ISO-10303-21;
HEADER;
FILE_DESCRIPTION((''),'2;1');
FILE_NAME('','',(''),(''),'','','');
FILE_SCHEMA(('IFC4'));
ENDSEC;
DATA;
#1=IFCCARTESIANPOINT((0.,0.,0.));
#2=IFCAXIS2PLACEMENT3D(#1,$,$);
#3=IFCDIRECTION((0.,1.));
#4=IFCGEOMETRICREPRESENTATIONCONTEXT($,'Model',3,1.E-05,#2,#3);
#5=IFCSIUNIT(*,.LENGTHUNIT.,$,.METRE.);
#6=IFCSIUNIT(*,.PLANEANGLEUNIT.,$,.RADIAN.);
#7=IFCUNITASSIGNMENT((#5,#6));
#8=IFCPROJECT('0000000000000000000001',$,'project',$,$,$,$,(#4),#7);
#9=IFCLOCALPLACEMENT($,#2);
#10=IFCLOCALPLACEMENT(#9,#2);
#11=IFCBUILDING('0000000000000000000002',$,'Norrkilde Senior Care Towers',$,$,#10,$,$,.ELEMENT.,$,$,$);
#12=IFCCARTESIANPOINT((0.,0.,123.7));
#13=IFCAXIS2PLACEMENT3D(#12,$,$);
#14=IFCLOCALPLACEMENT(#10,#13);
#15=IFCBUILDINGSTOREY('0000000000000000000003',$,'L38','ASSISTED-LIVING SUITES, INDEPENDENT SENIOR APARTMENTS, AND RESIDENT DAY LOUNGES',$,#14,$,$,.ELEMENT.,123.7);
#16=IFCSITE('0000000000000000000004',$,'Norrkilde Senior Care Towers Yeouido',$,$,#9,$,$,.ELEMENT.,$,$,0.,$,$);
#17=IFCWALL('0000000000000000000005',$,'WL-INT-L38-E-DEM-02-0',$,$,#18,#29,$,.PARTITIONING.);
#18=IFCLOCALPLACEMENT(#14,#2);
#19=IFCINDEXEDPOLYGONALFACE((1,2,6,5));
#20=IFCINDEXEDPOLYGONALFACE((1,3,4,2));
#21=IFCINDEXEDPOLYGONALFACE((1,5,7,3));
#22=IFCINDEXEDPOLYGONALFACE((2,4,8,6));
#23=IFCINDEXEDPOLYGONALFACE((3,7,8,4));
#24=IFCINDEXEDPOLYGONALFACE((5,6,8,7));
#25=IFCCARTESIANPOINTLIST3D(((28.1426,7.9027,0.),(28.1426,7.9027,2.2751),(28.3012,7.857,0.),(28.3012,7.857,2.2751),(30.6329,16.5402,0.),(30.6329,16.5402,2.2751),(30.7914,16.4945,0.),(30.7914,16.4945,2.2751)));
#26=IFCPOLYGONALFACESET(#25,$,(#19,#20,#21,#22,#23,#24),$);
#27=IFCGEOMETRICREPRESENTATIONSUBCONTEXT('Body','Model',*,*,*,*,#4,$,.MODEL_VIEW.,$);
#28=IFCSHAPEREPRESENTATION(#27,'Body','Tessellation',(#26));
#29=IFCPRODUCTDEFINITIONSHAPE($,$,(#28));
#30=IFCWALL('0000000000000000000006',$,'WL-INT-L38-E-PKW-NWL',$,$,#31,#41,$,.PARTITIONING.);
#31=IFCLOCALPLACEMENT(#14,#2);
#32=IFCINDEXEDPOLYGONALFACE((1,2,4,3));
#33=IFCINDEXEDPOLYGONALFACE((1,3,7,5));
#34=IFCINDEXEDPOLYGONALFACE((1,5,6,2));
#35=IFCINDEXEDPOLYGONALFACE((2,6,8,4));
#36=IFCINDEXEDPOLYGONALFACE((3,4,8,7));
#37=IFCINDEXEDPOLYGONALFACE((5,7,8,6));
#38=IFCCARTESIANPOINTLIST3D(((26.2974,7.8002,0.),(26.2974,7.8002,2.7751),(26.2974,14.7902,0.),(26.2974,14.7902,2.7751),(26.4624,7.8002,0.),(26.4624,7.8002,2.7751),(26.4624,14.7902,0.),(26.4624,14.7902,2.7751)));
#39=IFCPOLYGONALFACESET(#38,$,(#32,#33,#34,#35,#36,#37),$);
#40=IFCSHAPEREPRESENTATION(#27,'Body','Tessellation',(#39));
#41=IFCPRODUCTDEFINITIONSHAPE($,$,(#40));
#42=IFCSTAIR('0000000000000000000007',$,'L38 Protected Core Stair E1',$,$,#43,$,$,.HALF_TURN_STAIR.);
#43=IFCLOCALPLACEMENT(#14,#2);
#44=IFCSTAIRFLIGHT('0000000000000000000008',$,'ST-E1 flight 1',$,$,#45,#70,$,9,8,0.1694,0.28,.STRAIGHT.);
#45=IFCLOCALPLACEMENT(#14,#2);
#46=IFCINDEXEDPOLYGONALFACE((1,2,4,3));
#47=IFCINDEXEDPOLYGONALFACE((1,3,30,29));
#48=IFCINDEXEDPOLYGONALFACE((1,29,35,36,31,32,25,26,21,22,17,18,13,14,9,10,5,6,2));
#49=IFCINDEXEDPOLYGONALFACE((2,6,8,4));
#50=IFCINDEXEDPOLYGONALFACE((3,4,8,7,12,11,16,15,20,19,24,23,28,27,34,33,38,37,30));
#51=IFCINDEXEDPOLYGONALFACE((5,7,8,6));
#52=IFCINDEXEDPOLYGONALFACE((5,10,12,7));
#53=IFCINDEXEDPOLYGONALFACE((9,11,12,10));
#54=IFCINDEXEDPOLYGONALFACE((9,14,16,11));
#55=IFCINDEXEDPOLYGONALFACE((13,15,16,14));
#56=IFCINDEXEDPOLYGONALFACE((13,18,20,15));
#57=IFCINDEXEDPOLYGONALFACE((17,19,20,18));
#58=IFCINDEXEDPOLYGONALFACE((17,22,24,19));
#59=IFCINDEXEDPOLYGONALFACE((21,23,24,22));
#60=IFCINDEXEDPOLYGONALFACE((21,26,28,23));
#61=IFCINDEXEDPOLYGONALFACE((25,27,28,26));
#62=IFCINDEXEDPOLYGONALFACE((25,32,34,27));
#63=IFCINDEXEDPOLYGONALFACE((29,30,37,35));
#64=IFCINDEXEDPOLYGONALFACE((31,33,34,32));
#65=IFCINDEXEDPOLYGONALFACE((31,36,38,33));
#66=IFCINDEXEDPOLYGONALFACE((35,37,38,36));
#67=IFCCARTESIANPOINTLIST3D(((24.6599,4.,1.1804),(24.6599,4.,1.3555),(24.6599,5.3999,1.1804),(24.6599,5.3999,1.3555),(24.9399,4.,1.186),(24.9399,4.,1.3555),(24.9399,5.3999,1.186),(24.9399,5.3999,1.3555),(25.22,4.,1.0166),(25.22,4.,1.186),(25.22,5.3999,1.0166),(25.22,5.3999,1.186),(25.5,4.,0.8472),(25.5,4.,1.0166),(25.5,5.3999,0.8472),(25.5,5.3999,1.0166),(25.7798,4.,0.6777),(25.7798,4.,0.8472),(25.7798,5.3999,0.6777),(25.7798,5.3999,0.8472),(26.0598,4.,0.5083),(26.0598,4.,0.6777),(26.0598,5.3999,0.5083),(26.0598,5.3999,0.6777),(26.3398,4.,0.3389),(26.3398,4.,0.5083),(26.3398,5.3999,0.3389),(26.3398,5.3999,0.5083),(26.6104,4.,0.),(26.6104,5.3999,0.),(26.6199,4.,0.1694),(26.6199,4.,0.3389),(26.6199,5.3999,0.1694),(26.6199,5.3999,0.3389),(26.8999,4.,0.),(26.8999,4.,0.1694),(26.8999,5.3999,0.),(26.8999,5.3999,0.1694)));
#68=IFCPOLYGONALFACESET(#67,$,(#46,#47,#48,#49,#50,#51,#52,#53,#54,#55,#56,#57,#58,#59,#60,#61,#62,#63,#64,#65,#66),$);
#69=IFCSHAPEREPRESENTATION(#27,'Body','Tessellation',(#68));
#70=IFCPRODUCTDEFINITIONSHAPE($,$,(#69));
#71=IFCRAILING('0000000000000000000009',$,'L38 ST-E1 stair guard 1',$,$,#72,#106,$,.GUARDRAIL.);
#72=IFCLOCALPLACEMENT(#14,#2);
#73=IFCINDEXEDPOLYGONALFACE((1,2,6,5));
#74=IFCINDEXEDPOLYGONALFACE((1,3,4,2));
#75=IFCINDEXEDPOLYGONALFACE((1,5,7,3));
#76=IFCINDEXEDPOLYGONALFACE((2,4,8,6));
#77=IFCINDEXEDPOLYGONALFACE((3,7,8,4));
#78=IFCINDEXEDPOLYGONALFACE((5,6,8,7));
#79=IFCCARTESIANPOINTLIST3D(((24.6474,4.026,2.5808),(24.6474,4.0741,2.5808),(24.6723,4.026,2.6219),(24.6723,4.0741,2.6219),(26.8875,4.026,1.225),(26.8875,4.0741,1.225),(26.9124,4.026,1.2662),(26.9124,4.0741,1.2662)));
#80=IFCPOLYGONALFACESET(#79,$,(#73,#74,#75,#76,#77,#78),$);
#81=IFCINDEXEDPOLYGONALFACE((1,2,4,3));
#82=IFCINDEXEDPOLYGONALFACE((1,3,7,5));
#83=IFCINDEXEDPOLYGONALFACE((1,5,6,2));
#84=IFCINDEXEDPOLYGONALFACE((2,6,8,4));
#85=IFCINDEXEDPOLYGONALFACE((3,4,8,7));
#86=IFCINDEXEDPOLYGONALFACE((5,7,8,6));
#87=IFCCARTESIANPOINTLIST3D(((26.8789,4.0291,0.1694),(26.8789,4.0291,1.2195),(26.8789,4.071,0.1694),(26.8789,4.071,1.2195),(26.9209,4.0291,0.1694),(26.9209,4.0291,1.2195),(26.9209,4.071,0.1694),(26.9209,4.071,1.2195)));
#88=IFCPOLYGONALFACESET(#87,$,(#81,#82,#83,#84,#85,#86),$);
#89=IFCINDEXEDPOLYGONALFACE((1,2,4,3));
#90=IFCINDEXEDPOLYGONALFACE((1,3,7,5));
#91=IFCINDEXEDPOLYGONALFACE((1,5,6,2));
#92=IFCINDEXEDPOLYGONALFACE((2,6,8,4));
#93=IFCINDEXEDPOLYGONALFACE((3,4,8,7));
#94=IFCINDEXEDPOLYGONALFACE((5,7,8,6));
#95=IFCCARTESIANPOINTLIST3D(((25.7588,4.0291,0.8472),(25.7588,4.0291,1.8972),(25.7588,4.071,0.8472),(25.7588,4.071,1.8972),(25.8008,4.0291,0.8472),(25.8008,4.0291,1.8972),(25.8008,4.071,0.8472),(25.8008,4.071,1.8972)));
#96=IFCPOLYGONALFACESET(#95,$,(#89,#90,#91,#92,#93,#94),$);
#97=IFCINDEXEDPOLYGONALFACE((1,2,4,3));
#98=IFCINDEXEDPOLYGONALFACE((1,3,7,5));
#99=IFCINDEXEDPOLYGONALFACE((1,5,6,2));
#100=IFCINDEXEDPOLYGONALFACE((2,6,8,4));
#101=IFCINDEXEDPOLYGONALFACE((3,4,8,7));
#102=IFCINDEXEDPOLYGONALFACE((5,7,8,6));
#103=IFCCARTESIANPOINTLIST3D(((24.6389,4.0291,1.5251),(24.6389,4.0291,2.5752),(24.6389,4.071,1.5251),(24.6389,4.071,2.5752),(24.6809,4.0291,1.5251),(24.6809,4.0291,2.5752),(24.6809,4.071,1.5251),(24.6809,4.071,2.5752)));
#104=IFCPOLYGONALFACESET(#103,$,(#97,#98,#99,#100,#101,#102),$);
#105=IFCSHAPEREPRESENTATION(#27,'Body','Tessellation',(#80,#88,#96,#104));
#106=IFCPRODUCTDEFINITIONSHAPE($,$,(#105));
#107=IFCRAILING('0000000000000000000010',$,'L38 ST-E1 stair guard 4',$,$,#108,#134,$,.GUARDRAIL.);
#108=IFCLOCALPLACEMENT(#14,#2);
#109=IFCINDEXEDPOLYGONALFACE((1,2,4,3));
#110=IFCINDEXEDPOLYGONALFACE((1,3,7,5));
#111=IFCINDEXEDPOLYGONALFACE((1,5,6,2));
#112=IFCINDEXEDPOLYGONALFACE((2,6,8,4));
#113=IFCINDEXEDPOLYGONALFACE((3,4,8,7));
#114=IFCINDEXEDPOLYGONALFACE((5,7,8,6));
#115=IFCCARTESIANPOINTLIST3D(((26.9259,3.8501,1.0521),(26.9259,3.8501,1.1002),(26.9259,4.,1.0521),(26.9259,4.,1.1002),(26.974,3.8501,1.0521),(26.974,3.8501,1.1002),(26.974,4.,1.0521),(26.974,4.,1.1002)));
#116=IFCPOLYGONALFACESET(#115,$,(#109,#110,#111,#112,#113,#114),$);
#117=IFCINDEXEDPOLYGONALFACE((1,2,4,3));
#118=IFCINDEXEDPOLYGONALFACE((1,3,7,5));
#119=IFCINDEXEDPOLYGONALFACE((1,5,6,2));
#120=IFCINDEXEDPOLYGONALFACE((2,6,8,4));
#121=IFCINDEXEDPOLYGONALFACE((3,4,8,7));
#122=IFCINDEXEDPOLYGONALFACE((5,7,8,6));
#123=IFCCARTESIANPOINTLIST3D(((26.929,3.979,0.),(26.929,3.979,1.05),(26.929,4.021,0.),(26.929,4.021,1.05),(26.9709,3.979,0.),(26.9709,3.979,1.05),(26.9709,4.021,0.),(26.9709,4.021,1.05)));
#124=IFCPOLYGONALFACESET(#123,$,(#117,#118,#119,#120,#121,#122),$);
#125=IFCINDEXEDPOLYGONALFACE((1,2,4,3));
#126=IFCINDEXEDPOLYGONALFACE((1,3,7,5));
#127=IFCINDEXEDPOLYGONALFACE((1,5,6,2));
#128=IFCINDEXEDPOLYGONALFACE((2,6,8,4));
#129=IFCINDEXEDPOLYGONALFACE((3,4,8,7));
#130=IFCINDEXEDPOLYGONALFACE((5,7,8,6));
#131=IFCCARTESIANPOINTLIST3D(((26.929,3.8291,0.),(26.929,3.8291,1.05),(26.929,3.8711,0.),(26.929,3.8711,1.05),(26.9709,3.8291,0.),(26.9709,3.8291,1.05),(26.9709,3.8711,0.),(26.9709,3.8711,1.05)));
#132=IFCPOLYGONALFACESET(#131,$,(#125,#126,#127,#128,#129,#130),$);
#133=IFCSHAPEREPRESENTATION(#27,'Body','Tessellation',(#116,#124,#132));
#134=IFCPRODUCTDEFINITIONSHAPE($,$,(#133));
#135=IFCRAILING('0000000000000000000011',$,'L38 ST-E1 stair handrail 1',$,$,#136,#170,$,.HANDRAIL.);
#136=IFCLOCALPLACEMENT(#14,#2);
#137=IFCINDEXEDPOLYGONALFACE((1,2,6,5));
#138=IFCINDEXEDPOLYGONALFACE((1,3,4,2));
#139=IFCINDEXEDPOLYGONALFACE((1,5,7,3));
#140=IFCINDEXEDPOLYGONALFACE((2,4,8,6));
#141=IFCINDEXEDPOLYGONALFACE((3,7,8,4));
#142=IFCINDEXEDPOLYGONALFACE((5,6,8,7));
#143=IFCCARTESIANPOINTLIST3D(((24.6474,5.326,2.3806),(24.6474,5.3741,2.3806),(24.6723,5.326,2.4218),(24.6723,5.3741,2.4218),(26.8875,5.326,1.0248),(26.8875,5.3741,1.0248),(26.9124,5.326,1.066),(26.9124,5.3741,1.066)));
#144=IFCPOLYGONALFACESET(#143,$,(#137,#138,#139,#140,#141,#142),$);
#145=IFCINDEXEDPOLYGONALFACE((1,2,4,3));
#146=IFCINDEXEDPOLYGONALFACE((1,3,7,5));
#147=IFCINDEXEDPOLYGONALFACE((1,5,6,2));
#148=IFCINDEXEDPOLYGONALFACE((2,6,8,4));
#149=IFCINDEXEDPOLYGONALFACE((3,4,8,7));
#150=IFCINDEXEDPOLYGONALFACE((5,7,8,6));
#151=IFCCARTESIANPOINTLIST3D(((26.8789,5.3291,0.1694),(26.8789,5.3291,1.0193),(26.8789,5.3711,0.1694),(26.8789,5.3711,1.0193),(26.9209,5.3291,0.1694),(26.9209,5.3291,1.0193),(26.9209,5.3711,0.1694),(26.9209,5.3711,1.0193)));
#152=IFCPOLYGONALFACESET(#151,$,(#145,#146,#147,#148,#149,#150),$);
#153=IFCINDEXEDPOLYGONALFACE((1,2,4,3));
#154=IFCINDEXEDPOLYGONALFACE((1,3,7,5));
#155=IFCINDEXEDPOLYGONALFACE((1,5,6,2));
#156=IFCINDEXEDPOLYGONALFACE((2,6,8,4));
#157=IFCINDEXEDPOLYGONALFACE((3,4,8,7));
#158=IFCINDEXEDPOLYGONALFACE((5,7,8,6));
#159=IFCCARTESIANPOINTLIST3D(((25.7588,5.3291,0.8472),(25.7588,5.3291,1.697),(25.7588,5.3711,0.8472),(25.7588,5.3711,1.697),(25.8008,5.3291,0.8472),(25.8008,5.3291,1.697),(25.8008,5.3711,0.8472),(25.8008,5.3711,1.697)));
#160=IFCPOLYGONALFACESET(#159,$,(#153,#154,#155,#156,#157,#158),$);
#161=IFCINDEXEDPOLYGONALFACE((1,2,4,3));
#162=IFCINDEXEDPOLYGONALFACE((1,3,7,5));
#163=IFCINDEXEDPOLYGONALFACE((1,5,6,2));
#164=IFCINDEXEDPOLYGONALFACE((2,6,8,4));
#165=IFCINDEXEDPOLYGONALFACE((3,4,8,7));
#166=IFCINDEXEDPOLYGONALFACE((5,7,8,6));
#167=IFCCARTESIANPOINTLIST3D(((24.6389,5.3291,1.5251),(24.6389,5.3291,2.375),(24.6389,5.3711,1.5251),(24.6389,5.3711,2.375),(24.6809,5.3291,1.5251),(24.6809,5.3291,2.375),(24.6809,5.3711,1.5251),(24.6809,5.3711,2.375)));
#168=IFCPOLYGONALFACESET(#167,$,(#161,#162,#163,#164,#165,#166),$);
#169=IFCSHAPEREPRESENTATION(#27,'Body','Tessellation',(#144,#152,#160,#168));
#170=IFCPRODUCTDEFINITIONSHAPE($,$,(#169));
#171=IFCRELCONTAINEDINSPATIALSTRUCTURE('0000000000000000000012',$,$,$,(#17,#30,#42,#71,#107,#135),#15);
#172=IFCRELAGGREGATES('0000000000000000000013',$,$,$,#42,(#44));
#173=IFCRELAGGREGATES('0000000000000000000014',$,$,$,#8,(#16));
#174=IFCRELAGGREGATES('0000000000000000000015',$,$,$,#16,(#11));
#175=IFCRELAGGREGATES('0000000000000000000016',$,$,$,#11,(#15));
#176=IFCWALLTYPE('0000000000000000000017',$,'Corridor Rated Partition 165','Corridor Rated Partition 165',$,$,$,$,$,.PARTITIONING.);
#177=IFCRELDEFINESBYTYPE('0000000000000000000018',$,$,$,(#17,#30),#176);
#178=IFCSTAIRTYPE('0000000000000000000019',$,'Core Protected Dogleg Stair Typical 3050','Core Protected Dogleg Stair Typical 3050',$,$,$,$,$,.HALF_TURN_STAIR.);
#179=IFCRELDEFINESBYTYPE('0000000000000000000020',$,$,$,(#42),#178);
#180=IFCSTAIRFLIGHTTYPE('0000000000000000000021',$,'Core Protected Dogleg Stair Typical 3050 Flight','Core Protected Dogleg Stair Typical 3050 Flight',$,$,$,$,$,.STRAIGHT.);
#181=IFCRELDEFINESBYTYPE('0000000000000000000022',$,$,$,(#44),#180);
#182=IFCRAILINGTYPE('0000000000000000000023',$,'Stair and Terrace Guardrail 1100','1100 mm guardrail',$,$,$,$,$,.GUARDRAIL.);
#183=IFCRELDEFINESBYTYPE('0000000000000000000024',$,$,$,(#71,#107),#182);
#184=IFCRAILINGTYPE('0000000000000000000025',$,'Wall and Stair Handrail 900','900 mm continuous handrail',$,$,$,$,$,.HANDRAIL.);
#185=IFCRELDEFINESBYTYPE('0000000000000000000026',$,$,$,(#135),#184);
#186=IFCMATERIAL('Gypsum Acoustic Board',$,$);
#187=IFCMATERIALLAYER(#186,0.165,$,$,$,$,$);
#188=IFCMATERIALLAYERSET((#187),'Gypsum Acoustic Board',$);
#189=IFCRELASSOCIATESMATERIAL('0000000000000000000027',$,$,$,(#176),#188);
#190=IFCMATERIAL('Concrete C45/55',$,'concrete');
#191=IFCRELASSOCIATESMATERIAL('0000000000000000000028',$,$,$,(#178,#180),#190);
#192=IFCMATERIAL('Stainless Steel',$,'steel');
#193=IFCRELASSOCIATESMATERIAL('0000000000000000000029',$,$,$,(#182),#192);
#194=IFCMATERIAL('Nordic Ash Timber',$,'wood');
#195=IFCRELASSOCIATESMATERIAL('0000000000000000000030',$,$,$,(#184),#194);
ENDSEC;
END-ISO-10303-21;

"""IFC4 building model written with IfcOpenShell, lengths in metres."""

from ifc_helpers import new_model, si_unit, direction, frame, frame_2d, origin, origin_2d, place, context, subcontext, project, spatial, polyline, rectangle, outline, extrude, source, transform, mapped, material, layer, layer_set, type_object, element, aggregate, save


model = new_model("IFC4")

# Units and contexts
model_context = context("Model", 3, precision=1e-05, world=origin(), true_north=direction((0.0, 1.0)))
body_context = subcontext(model_context, "Body", "Model", "MODEL_VIEW")
ifc_project = project(units=[si_unit("LENGTHUNIT", "METRE"), si_unit("PLANEANGLEUNIT", "RADIAN")], contexts=[model_context])

# Site, building, storey
site_placement = place(None, origin())
site = spatial("IfcSite", under=ifc_project, at=site_placement, Name="Norrkilde Senior Care Towers Yeouido", CompositionType="ELEMENT", RefElevation=0.0)
building_placement = place(site_placement, origin())
building = spatial("IfcBuilding", under=site, at=building_placement, Name="Norrkilde Senior Care Towers", CompositionType="ELEMENT")
storey_placement = place(building_placement, frame((0.0, 0.0, 123.7)))
storey = spatial("IfcBuildingStorey", under=building, at=storey_placement, Name="L38", Description="ASSISTED-LIVING SUITES, INDEPENDENT SENIOR APARTMENTS, AND RESIDENT DAY LOUNGES", CompositionType="ELEMENT", Elevation=123.7)

# Shared definitions
ifc_material_1 = material(Name="Concrete C45/55", Category="concrete")
ifc_material_2 = material(Name="Stainless Steel", Category="steel")

# Shared definitions
ifc_material_3 = material(Name="Gypsum Acoustic Board")

# Shared definitions
ifc_layer_1 = layer(ifc_material_3, 0.165)
ifc_layer_set_1 = layer_set([ifc_layer_1], Name="Gypsum Acoustic Board")
wall_type_1 = type_object("IfcWallType", Name="Corridor Rated Partition 165", Description="Corridor Rated Partition 165", PredefinedType="PARTITIONING", material=ifc_layer_set_1)
ifc_material_4 = material(Name="Nordic Ash Timber", Category="wood")

# Walls
shared_shape_1 = source(origin(), body_context, "Body", "SweptSolid", [
    extrude(rectangle(XDim=8.9893, YDim=0.165, at=frame_2d((4.4946, 0.0))), origin(), (0.0, 0.0, 1.0), 2.2751),
])
wall_1_placement = place(storey_placement, frame((28.2219, 7.8799, 0.0), z_axis=(0.0, 0.0, 1.0), x_axis=(0.277023, 0.960863, 0.0)))
element("IfcWall", 1, at=wall_1_placement, inside=storey, type_object=wall_type_1, Name="WL-INT-L38-E-DEM-02-0", PredefinedType="PARTITIONING", context=body_context, shape_type="MappedRepresentation", body=[
    mapped(shared_shape_1, transform((0.0, 0.0, 0.0), x_axis=(1.0, 0.0, 0.0), y_axis=(0.0, 1.0, 0.0), z_axis=(0.0, 0.0, 1.0), scale=1.0)),
])
shared_shape_2 = source(origin(), body_context, "Body", "SweptSolid", [
    extrude(rectangle(XDim=6.99, YDim=0.165, at=frame_2d((3.4951, 0.0))), origin(), (0.0, 0.0, 1.0), 2.7751),
])
wall_2_placement = place(storey_placement, frame((26.3799, 7.8, 0.0), z_axis=(0.0, 0.0, 1.0), x_axis=(0.0, 1.0, 0.0)))
element("IfcWall", 2, at=wall_2_placement, inside=storey, type_object=wall_type_1, Name="WL-INT-L38-E-PKW-NWL", PredefinedType="PARTITIONING", context=body_context, shape_type="MappedRepresentation", body=[
    mapped(shared_shape_2, transform((0.0, 0.0, 0.0), x_axis=(1.0, 0.0, 0.0), y_axis=(0.0, 1.0, 0.0), z_axis=(0.0, 0.0, 1.0), scale=1.0)),
])

# Stair, stair flight
stair_type = type_object("IfcStairType", Name="Core Protected Dogleg Stair Typical 3050", Description="Core Protected Dogleg Stair Typical 3050", PredefinedType="HALF_TURN_STAIR", material=ifc_material_1)
stair_placement = place(storey_placement, origin())
stair = element("IfcStair", 3, at=stair_placement, inside=storey, type_object=stair_type, Name="L38 Protected Core Stair E1", PredefinedType="HALF_TURN_STAIR")
stair_flight_type = type_object("IfcStairFlightType", Name="Core Protected Dogleg Stair Typical 3050 Flight", Description="Core Protected Dogleg Stair Typical 3050 Flight", PredefinedType="STRAIGHT", material=ifc_material_1)
stair_flight_placement = place(storey_placement, frame((26.8999, 4.7, 0.0), z_axis=(0.0, 0.0, 1.0), x_axis=(-1.0, 0.0, 0.0)))
stair_flight = element("IfcStairFlight", 4, at=stair_flight_placement, type_object=stair_flight_type, Name="ST-E1 flight 1", NumberOfRisers=9, NumberOfTreads=8, PredefinedType="STRAIGHT", RiserHeight=0.1694, TreadLength=0.28, context=body_context, shape_type="SweptSolid", body=[
    extrude(outline(polyline([(0.0, 0.0), (0.0, 0.1694), (0.28, 0.1694), (0.28, 0.3389), (0.5601, 0.3389), (0.5601, 0.5083), (0.8401, 0.5083), (0.8401, 0.6777), (1.1201, 0.6777), (1.1201, 0.8472), (1.3999, 0.8472), (1.3999, 1.0166), (1.6799, 1.0166), (1.6799, 1.186), (1.96, 1.186), (1.96, 1.3555), (2.24, 1.3555), (2.24, 1.5249), (2.24, 1.1804), (0.2896, 0.0), (0.0, 0.0)])), frame((0.0, 0.7, 0.0), z_axis=(0.0, -1.0, 0.0), x_axis=(1.0, 0.0, 0.0)), (0.0, 0.0, 1.0), 1.3999),
])
aggregate(stair, [stair_flight])

# Railings
railing_type_1 = type_object("IfcRailingType", Name="Stair and Terrace Guardrail 1100", Description="1100 mm guardrail", PredefinedType="GUARDRAIL", material=ifc_material_2)
railing_1_placement = place(storey_placement, frame((26.8999, 4.05, 0.1694)))
element("IfcRailing", 5, at=railing_1_placement, inside=storey, type_object=railing_type_1, Name="L38 ST-E1 stair guard 1", PredefinedType="GUARDRAIL", context=body_context, shape_type="SweptSolid", body=[
    extrude(rectangle(XDim=0.0481, YDim=0.0481, at=origin_2d()), frame((0.0, 0.0, 1.0762), z_axis=(-0.855512, 0.0, 0.517783), x_axis=(0.0, -1.0, 0.0)), (0.0, 0.0, 1.0), 2.6184),
    extrude(rectangle(XDim=0.042, YDim=0.042, at=origin_2d()), origin(), (0.0, 0.0, 1.0), 1.05),
    extrude(rectangle(XDim=0.042, YDim=0.042, at=origin_2d()), frame((-1.1201, 0.0, 0.6777)), (0.0, 0.0, 1.0), 1.05),
    extrude(rectangle(XDim=0.042, YDim=0.042, at=origin_2d()), frame((-2.24, 0.0, 1.3557)), (0.0, 0.0, 1.0), 1.05),
])
railing_2_placement = place(storey_placement, frame((26.95, 4.0, 0.0)))
element("IfcRailing", 6, at=railing_2_placement, inside=storey, type_object=railing_type_1, Name="L38 ST-E1 stair guard 4", PredefinedType="GUARDRAIL", context=body_context, shape_type="SweptSolid", body=[
    extrude(rectangle(XDim=0.0481, YDim=0.0481, at=origin_2d()), frame((0.0, 0.0, 1.0762), z_axis=(0.0, -1.0, 0.0), x_axis=(1.0, 0.0, 0.0)), (0.0, 0.0, 1.0), 0.1499),
    extrude(rectangle(XDim=0.042, YDim=0.042, at=origin_2d()), origin(), (0.0, 0.0, 1.0), 1.05),
    extrude(rectangle(XDim=0.042, YDim=0.042, at=origin_2d()), frame((0.0, -0.1499, 0.0)), (0.0, 0.0, 1.0), 1.05),
])
railing_type_2 = type_object("IfcRailingType", Name="Wall and Stair Handrail 900", Description="900 mm continuous handrail", PredefinedType="HANDRAIL", material=ifc_material_4)
railing_3_placement = place(storey_placement, frame((26.8999, 5.3501, 0.1694)))
element("IfcRailing", 7, at=railing_3_placement, inside=storey, type_object=railing_type_2, Name="L38 ST-E1 stair handrail 1", PredefinedType="HANDRAIL", context=body_context, shape_type="SweptSolid", body=[
    extrude(rectangle(XDim=0.0481, YDim=0.0481, at=origin_2d()), frame((0.0, 0.0, 0.876), z_axis=(-0.855512, 0.0, 0.517783), x_axis=(0.0, -1.0, 0.0)), (0.0, 0.0, 1.0), 2.6184),
    extrude(rectangle(XDim=0.042, YDim=0.042, at=origin_2d()), origin(), (0.0, 0.0, 1.0), 0.8499),
    extrude(rectangle(XDim=0.042, YDim=0.042, at=origin_2d()), frame((-1.1201, 0.0, 0.6777)), (0.0, 0.0, 1.0), 0.8499),
    extrude(rectangle(XDim=0.042, YDim=0.042, at=origin_2d()), frame((-2.24, 0.0, 1.3557)), (0.0, 0.0, 1.0), 0.8499),
])

save(model, "model.ifc")
